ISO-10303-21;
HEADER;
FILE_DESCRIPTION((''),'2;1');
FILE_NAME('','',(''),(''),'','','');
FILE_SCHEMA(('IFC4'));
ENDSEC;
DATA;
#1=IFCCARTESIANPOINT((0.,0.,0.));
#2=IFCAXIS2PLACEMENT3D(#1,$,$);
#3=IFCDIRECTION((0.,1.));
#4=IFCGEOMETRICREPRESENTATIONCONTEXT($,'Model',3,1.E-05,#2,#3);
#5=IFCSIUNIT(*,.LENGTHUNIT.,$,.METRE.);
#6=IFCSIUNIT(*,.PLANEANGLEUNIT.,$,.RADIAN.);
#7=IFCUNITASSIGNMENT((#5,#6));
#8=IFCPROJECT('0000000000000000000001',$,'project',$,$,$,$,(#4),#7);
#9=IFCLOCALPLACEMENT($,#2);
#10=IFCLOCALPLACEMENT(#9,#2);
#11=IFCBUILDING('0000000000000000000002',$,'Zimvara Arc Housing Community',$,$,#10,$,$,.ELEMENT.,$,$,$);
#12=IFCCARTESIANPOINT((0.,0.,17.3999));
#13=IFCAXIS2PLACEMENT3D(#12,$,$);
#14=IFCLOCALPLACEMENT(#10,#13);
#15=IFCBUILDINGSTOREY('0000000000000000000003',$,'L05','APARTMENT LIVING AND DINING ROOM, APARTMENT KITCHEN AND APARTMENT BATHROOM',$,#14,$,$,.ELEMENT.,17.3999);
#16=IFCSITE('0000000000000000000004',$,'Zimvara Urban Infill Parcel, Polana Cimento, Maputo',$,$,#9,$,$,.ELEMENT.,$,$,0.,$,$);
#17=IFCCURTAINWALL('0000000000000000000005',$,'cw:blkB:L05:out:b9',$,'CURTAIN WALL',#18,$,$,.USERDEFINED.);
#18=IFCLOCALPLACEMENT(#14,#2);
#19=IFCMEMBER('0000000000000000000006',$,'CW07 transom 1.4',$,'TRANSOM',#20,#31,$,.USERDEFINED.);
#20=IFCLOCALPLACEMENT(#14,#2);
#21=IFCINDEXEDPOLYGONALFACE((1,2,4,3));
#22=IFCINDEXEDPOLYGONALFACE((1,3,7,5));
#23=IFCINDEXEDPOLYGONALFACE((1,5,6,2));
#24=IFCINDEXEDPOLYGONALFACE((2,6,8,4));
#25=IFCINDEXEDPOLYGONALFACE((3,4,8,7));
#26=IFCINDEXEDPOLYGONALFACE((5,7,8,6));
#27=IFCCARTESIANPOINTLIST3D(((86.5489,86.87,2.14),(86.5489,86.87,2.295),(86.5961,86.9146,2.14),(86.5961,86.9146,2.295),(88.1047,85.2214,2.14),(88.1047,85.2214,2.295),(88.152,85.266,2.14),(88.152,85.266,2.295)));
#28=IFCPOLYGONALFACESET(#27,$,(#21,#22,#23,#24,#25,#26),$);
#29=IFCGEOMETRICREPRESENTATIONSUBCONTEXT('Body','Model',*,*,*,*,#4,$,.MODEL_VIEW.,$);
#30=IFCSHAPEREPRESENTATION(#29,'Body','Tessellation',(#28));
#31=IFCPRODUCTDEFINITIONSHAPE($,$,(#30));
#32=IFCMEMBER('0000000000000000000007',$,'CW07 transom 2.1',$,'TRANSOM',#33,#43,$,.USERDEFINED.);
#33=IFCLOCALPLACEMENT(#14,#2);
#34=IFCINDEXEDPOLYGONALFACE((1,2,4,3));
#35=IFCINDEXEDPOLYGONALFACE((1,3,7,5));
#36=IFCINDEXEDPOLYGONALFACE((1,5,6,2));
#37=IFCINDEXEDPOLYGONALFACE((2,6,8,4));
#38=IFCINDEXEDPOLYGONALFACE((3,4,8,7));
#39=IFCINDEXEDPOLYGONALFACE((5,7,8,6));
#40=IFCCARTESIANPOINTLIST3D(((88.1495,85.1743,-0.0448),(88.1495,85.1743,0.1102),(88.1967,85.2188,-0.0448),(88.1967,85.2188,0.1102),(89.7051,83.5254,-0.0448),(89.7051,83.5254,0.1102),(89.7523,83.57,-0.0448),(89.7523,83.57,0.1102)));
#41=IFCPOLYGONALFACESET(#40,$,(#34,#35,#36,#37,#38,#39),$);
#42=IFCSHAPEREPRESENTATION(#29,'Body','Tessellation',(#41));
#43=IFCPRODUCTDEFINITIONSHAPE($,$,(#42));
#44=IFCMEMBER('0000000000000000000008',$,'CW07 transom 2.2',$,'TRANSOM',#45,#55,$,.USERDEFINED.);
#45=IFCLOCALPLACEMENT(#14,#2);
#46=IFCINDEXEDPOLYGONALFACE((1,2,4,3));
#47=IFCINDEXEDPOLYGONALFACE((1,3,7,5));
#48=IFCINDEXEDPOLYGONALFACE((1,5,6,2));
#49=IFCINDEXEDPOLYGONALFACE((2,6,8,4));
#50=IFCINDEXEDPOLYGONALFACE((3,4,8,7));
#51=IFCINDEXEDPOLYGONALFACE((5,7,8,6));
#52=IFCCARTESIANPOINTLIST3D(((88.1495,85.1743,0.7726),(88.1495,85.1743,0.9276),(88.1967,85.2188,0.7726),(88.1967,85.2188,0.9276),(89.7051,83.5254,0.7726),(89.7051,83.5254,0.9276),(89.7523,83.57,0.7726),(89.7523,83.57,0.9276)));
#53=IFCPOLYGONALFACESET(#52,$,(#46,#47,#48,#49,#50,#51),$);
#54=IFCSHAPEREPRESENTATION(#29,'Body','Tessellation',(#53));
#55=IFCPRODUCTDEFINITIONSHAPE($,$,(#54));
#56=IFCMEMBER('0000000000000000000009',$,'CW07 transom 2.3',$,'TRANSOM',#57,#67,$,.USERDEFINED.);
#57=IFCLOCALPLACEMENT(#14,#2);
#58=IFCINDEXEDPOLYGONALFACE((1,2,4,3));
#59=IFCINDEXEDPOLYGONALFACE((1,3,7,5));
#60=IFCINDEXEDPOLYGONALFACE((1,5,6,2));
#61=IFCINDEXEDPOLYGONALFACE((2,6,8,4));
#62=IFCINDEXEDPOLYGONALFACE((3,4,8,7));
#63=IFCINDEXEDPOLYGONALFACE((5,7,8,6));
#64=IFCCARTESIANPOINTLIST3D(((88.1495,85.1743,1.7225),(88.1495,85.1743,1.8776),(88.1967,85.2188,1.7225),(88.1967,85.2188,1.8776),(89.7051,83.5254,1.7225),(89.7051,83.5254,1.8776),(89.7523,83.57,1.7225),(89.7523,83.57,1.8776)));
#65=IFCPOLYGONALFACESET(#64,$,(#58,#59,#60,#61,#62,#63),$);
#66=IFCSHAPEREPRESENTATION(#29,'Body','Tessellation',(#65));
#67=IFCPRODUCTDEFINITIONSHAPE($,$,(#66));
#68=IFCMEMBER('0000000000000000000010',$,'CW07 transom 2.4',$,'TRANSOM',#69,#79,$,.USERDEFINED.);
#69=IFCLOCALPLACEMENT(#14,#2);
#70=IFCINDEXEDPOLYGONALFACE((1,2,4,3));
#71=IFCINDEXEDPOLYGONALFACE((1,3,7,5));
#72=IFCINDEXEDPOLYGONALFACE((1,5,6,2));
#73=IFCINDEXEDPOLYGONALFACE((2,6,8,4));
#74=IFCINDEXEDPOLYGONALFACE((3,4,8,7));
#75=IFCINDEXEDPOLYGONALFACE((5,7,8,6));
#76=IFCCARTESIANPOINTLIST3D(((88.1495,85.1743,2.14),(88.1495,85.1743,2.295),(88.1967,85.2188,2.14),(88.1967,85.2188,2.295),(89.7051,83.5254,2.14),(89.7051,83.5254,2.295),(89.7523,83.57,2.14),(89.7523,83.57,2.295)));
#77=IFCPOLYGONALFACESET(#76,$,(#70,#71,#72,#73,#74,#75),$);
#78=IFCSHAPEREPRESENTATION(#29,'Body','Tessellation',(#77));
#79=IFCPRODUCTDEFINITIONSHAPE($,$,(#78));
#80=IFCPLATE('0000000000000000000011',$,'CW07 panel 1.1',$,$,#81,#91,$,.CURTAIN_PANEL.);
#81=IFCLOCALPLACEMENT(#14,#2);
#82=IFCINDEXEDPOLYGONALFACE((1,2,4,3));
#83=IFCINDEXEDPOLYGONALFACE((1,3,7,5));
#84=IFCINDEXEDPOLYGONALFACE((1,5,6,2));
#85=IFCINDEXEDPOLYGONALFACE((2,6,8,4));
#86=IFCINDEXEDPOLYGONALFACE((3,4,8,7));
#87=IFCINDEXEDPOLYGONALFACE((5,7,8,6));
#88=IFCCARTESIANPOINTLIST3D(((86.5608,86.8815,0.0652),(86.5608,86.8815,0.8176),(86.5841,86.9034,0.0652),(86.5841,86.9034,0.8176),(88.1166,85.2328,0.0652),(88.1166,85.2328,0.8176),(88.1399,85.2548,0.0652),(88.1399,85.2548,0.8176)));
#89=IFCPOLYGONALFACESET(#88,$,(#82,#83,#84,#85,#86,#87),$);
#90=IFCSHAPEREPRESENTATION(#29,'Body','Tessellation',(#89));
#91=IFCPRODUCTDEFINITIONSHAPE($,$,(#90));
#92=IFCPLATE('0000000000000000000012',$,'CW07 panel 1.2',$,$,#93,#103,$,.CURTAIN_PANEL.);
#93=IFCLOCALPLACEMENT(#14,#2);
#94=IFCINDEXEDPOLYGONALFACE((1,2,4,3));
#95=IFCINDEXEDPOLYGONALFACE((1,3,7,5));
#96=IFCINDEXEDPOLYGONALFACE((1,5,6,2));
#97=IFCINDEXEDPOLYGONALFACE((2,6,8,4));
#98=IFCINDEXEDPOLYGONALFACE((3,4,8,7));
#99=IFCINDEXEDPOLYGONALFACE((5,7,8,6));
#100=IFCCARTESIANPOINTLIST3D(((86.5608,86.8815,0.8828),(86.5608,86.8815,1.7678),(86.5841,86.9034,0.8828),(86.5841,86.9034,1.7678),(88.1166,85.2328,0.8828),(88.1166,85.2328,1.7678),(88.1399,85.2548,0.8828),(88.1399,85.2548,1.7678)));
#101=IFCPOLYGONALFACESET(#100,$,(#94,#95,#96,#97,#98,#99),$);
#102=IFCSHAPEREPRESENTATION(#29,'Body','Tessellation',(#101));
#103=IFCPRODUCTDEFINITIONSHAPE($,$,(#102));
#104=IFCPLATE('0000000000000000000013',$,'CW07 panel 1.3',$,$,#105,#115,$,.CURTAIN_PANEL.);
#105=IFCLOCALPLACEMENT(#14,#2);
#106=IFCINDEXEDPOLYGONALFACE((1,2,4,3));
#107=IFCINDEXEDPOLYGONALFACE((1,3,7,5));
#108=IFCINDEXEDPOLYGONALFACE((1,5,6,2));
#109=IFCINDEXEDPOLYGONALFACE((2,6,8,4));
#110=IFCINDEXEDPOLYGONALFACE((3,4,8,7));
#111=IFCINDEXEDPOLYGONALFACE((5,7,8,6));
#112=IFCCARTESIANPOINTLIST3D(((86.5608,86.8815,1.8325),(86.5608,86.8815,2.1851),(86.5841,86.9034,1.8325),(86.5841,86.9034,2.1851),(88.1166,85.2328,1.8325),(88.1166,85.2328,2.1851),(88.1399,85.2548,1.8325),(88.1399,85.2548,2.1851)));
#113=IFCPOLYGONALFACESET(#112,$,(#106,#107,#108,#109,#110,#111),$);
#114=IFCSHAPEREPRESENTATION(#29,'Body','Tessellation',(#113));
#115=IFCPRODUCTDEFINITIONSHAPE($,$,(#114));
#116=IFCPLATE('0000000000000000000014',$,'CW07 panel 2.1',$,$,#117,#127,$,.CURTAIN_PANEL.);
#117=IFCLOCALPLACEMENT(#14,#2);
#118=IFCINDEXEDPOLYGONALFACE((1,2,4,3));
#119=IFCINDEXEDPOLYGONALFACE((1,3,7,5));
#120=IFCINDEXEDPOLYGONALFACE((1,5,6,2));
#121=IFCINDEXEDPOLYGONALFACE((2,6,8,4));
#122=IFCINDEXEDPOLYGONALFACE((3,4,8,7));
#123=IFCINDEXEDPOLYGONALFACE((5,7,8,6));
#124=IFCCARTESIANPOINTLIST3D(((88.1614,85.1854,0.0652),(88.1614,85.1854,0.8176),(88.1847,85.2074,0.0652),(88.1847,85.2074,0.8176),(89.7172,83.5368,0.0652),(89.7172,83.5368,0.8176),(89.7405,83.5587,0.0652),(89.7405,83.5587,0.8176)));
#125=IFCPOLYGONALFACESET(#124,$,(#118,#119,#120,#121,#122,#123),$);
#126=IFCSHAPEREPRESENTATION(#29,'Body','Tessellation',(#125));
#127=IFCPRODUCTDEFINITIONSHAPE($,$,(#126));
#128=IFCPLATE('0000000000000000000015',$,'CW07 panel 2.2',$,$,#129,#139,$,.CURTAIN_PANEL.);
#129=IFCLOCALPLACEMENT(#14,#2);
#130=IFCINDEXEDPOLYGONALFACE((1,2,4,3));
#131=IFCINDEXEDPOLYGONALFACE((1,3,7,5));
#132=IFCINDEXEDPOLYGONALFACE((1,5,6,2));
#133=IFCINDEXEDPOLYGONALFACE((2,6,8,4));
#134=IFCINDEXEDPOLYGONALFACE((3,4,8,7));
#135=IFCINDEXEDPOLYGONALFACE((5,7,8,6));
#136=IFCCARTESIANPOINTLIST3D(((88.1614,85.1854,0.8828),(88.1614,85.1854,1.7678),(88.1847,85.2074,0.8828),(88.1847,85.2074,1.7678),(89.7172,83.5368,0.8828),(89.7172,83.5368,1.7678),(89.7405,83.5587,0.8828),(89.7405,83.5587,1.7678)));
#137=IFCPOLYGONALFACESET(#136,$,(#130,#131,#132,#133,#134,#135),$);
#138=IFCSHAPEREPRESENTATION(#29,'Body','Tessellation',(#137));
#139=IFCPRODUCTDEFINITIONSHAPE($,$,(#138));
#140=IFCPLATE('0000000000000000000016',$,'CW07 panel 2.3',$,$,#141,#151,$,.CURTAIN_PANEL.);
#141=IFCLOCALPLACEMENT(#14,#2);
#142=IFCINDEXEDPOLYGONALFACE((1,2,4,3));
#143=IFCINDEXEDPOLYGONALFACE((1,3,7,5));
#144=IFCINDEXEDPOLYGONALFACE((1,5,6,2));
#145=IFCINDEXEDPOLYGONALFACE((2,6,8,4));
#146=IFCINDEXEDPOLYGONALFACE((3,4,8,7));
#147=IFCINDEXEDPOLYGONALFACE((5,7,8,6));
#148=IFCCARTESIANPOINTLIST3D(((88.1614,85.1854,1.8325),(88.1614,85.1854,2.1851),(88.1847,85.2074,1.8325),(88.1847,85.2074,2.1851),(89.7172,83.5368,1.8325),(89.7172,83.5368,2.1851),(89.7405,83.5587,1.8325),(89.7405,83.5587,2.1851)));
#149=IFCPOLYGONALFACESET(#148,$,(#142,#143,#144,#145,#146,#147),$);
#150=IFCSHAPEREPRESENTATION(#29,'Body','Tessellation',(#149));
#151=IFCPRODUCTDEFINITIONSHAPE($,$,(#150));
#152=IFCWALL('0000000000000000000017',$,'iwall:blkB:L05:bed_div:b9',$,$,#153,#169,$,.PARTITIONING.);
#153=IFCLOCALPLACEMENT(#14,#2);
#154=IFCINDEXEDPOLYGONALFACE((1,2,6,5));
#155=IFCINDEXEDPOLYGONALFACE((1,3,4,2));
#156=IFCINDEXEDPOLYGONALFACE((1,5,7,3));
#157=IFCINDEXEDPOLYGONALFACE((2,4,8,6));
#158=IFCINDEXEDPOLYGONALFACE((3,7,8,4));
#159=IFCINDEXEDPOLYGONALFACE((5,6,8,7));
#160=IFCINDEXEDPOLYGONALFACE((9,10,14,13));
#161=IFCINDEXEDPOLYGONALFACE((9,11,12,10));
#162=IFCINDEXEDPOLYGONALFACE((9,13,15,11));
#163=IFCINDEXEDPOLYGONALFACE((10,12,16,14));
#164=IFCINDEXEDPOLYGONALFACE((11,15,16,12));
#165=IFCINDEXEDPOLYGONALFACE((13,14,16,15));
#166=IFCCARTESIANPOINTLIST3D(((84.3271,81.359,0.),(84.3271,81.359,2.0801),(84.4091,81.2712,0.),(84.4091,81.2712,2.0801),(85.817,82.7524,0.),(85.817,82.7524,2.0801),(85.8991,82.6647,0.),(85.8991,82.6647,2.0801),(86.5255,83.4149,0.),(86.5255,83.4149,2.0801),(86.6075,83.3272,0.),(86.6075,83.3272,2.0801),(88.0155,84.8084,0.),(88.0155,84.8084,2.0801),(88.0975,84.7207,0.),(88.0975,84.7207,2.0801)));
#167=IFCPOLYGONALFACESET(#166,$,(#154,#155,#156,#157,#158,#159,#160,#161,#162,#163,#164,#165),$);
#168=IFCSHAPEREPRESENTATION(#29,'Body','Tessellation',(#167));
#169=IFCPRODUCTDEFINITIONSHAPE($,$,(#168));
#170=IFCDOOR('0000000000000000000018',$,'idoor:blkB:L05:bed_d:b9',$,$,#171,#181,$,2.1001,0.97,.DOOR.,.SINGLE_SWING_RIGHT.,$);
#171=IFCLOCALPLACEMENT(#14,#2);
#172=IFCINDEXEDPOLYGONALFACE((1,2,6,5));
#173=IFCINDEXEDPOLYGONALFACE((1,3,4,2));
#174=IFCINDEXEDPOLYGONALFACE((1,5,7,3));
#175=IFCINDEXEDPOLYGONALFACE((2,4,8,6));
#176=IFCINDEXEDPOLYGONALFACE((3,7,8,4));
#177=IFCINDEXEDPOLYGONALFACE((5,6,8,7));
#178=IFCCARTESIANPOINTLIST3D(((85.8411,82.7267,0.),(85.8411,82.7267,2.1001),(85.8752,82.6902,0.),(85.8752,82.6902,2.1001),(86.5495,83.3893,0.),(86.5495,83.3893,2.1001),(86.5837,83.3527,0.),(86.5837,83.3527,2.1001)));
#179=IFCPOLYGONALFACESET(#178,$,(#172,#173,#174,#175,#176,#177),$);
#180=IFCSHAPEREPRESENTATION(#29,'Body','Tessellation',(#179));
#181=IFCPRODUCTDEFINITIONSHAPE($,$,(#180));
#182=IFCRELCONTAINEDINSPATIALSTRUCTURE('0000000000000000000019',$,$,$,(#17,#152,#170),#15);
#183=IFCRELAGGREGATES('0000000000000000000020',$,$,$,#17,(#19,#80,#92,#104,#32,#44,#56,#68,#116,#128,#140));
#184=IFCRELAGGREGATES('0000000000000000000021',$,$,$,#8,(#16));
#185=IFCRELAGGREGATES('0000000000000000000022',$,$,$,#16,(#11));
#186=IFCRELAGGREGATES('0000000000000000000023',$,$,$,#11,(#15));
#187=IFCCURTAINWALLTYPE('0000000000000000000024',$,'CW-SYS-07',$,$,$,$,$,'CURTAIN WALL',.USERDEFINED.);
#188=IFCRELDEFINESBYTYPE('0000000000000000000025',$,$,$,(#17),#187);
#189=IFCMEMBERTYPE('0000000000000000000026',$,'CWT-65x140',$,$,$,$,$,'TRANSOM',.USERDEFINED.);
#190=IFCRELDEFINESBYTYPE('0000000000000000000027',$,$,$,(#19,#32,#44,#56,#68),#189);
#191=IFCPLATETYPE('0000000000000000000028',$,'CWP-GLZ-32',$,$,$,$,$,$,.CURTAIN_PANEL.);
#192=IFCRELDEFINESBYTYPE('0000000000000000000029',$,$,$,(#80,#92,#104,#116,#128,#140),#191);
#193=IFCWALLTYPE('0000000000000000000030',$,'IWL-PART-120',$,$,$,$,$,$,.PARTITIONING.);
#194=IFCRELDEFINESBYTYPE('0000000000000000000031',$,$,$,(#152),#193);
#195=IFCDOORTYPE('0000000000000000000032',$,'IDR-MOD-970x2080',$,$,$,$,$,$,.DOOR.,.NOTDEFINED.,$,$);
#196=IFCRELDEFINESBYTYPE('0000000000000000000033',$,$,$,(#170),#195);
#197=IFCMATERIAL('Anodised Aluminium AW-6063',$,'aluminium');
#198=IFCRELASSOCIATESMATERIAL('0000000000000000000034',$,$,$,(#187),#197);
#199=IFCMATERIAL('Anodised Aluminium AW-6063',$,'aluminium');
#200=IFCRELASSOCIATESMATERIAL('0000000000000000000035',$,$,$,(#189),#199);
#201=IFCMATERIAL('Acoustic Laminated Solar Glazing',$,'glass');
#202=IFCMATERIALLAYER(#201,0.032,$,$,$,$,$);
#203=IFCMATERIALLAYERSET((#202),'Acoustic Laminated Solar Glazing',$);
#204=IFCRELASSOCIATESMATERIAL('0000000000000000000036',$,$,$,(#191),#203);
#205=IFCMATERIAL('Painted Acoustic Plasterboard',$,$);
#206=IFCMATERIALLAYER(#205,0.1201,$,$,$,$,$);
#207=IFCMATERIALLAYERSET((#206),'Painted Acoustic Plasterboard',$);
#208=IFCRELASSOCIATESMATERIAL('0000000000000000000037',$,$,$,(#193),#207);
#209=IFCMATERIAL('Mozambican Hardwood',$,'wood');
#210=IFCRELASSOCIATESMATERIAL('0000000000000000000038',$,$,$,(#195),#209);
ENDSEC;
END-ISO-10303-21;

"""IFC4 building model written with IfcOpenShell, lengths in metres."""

from ifc_helpers import new_model, si_unit, direction, frame, frame_2d, origin, origin_2d, place, context, subcontext, project, spatial, rectangle, extrude, material, layer, layer_set, material_profile, profile_set, type_object, element, fill, aggregate, save


model = new_model("IFC4")

# Units and contexts
model_context = context("Model", 3, precision=1e-05, world=origin(), true_north=direction((0.0, 1.0)))
body_context = subcontext(model_context, "Body", "Model", "MODEL_VIEW")
ifc_project = project(units=[si_unit("LENGTHUNIT", "METRE"), si_unit("PLANEANGLEUNIT", "RADIAN")], contexts=[model_context])

# Site, building, storey
site_placement = place(None, origin())
site = spatial("IfcSite", under=ifc_project, at=site_placement, Name="Zimvara Urban Infill Parcel, Polana Cimento, Maputo", CompositionType="ELEMENT", RefElevation=0.0)
building_placement = place(site_placement, origin())
building = spatial("IfcBuilding", under=site, at=building_placement, Name="Zimvara Arc Housing Community", CompositionType="ELEMENT")
storey_placement = place(building_placement, frame((0.0, 0.0, 17.3999)))
storey = spatial("IfcBuildingStorey", under=building, at=storey_placement, Name="L05", Description="APARTMENT LIVING AND DINING ROOM, APARTMENT KITCHEN AND APARTMENT BATHROOM", CompositionType="ELEMENT", Elevation=17.3999)

# Curtain wall
ifc_material_1 = material(Name="Anodised Aluminium AW-6063", Category="aluminium")
curtain_wall_type_1 = type_object("IfcCurtainWallType", Name="CW-SYS-07", ElementType="CURTAIN WALL", PredefinedType="USERDEFINED", material=ifc_material_1)
curtain_wall_1_placement = place(storey_placement, origin())
curtain_wall_1 = element("IfcCurtainWall", 1, at=curtain_wall_1_placement, inside=storey, type_object=curtain_wall_type_1, Name="cw:blkB:L05:out:b9", ObjectType="CURTAIN WALL", PredefinedType="USERDEFINED")

# Members
ifc_material_2 = material(Name="Anodised Aluminium AW-6063", Category="aluminium")
ifc_material_profile_1 = material_profile(ifc_material_2, rectangle(XDim=0.0649, YDim=0.155, at=origin_2d()), Name="ALU 65x155")
ifc_profile_set_1 = profile_set([ifc_material_profile_1], Name="Anodised Aluminium AW-6063")
member_type_1 = type_object("IfcMemberType", Name="CWT-65x140", ElementType="TRANSOM", PredefinedType="USERDEFINED", material=ifc_profile_set_1)
member_1_placement = place(storey_placement, frame((86.5725, 86.8923, 2.2175), z_axis=(0.686348, -0.727273, 0.0), x_axis=(0.727273, 0.686348, 0.0)))
member_1 = element("IfcMember", 2, at=member_1_placement, type_object=member_type_1, Name="CW07 transom 1.4", ObjectType="TRANSOM", PredefinedType="USERDEFINED", context=body_context, shape_type="SweptSolid", body=[
    extrude(rectangle(XDim=0.0649, YDim=0.155, at=origin_2d()), origin(), (0.0, 0.0, 1.0), 2.2668),
])
member_2_placement = place(storey_placement, frame((88.1731, 85.1965, 0.0327), z_axis=(0.686238, -0.727377, 0.0), x_axis=(0.727377, 0.686238, 0.0)))
member_2 = element("IfcMember", 3, at=member_2_placement, type_object=member_type_1, Name="CW07 transom 2.1", ObjectType="TRANSOM", PredefinedType="USERDEFINED", context=body_context, shape_type="SweptSolid", body=[
    extrude(rectangle(XDim=0.0649, YDim=0.155, at=origin_2d()), origin(), (0.0, 0.0, 1.0), 2.2668),
])
member_3_placement = place(storey_placement, frame((88.1731, 85.1965, 0.8501), z_axis=(0.686238, -0.727377, 0.0), x_axis=(0.727377, 0.686238, 0.0)))
member_3 = element("IfcMember", 4, at=member_3_placement, type_object=member_type_1, Name="CW07 transom 2.2", ObjectType="TRANSOM", PredefinedType="USERDEFINED", context=body_context, shape_type="SweptSolid", body=[
    extrude(rectangle(XDim=0.0649, YDim=0.155, at=origin_2d()), origin(), (0.0, 0.0, 1.0), 2.2668),
])
member_4_placement = place(storey_placement, frame((88.1731, 85.1965, 1.8), z_axis=(0.686238, -0.727377, 0.0), x_axis=(0.727377, 0.686238, 0.0)))
member_4 = element("IfcMember", 5, at=member_4_placement, type_object=member_type_1, Name="CW07 transom 2.3", ObjectType="TRANSOM", PredefinedType="USERDEFINED", context=body_context, shape_type="SweptSolid", body=[
    extrude(rectangle(XDim=0.0649, YDim=0.155, at=origin_2d()), origin(), (0.0, 0.0, 1.0), 2.2668),
])
member_5_placement = place(storey_placement, frame((88.1731, 85.1965, 2.2175), z_axis=(0.686238, -0.727377, 0.0), x_axis=(0.727377, 0.686238, 0.0)))
member_5 = element("IfcMember", 6, at=member_5_placement, type_object=member_type_1, Name="CW07 transom 2.4", ObjectType="TRANSOM", PredefinedType="USERDEFINED", context=body_context, shape_type="SweptSolid", body=[
    extrude(rectangle(XDim=0.0649, YDim=0.155, at=origin_2d()), origin(), (0.0, 0.0, 1.0), 2.2668),
])

# Plates
ifc_material_3 = material(Name="Acoustic Laminated Solar Glazing", Category="glass")
ifc_layer_1 = layer(ifc_material_3, 0.032)
ifc_layer_set_1 = layer_set([ifc_layer_1], Name="Acoustic Laminated Solar Glazing")
plate_type = type_object("IfcPlateType", Name="CWP-GLZ-32", PredefinedType="CURTAIN_PANEL", material=ifc_layer_set_1)
plate_1_placement = place(storey_placement, frame((87.3503, 86.0681, 0.0652), z_axis=(0.0, 0.0, 1.0), x_axis=(0.686326, -0.727294, 0.0)))
plate_1 = element("IfcPlate", 7, at=plate_1_placement, type_object=plate_type, Name="CW07 panel 1.1", PredefinedType="CURTAIN_PANEL", context=body_context, shape_type="SweptSolid", body=[
    extrude(rectangle(XDim=2.2668, YDim=0.032, at=origin_2d()), origin(), (0.0, 0.0, 1.0), 0.7524),
])
plate_2_placement = place(storey_placement, frame((87.3503, 86.0681, 0.8828), z_axis=(0.0, 0.0, 1.0), x_axis=(0.686326, -0.727294, 0.0)))
plate_2 = element("IfcPlate", 8, at=plate_2_placement, type_object=plate_type, Name="CW07 panel 1.2", PredefinedType="CURTAIN_PANEL", context=body_context, shape_type="SweptSolid", body=[
    extrude(rectangle(XDim=2.2668, YDim=0.032, at=origin_2d()), origin(), (0.0, 0.0, 1.0), 0.885),
])
plate_3_placement = place(storey_placement, frame((87.3503, 86.0681, 1.8325), z_axis=(0.0, 0.0, 1.0), x_axis=(0.686326, -0.727294, 0.0)))
plate_3 = element("IfcPlate", 9, at=plate_3_placement, type_object=plate_type, Name="CW07 panel 1.3", PredefinedType="CURTAIN_PANEL", context=body_context, shape_type="SweptSolid", body=[
    extrude(rectangle(XDim=2.2668, YDim=0.032, at=origin_2d()), origin(), (0.0, 0.0, 1.0), 0.3525),
])
plate_4_placement = place(storey_placement, frame((88.9509, 84.3721, 0.0652), z_axis=(0.0, 0.0, 1.0), x_axis=(0.686326, -0.727294, 0.0)))
plate_4 = element("IfcPlate", 10, at=plate_4_placement, type_object=plate_type, Name="CW07 panel 2.1", PredefinedType="CURTAIN_PANEL", context=body_context, shape_type="SweptSolid", body=[
    extrude(rectangle(XDim=2.2668, YDim=0.032, at=origin_2d()), origin(), (0.0, 0.0, 1.0), 0.7524),
])
plate_5_placement = place(storey_placement, frame((88.9509, 84.3721, 0.8828), z_axis=(0.0, 0.0, 1.0), x_axis=(0.686326, -0.727294, 0.0)))
plate_5 = element("IfcPlate", 11, at=plate_5_placement, type_object=plate_type, Name="CW07 panel 2.2", PredefinedType="CURTAIN_PANEL", context=body_context, shape_type="SweptSolid", body=[
    extrude(rectangle(XDim=2.2668, YDim=0.032, at=origin_2d()), origin(), (0.0, 0.0, 1.0), 0.885),
])
plate_6_placement = place(storey_placement, frame((88.9509, 84.3721, 1.8325), z_axis=(0.0, 0.0, 1.0), x_axis=(0.686326, -0.727294, 0.0)))
plate_6 = element("IfcPlate", 12, at=plate_6_placement, type_object=plate_type, Name="CW07 panel 2.3", PredefinedType="CURTAIN_PANEL", context=body_context, shape_type="SweptSolid", body=[
    extrude(rectangle(XDim=2.2668, YDim=0.032, at=origin_2d()), origin(), (0.0, 0.0, 1.0), 0.3525),
])
aggregate(curtain_wall_1, [member_1, plate_1, plate_2, plate_3, member_2, member_3, member_4, member_5, plate_4, plate_5, plate_6])

# Wall, opening, door
ifc_material_4 = material(Name="Painted Acoustic Plasterboard")
ifc_layer_2 = layer(ifc_material_4, 0.1201)
ifc_layer_set_2 = layer_set([ifc_layer_2], Name="Painted Acoustic Plasterboard")
wall_type_1 = type_object("IfcWallType", Name="IWL-PART-120", PredefinedType="PARTITIONING", material=ifc_layer_set_2)
wall_1_placement = place(storey_placement, frame((84.3682, 81.3152, 0.0), z_axis=(0.0, 0.0, 1.0), x_axis=(0.730375, 0.683047, 0.0)))
wall_1 = element("IfcWall", 13, at=wall_1_placement, inside=storey, type_object=wall_type_1, Name="iwall:blkB:L05:bed_div:b9", PredefinedType="PARTITIONING", context=body_context, shape_type="SweptSolid", body=[
    extrude(rectangle(XDim=5.05, YDim=0.1201, at=frame_2d((2.5249, 0.0))), origin(), (0.0, 0.0, 1.0), 2.0801),
])
opening_placement = place(wall_1_placement, frame((2.04, 0.0, 0.0)))
opening = element("IfcOpeningElement", 14, at=opening_placement, cuts=wall_1, PredefinedType="OPENING", context=body_context, shape_type="SweptSolid", body=[
    extrude(rectangle(XDim=0.97, YDim=2.1001, at=frame_2d((0.4849, 1.05))), frame((0.0, 0.0701, 0.0), z_axis=(0.0, -1.0, 0.0), x_axis=(1.0, 0.0, 0.0)), (0.0, 0.0, 1.0), 0.1401),
])
ifc_material_5 = material(Name="Mozambican Hardwood", Category="wood")
door_type = type_object("IfcDoorType", Name="IDR-MOD-970x2080", OperationType="NOTDEFINED", PredefinedType="DOOR", material=ifc_material_5)
door_placement = place(opening_placement, origin())
door = element("IfcDoor", 15, at=door_placement, inside=storey, type_object=door_type, Name="idoor:blkB:L05:bed_d:b9", OperationType="SINGLE_SWING_RIGHT", OverallHeight=2.1001, OverallWidth=0.97, PredefinedType="DOOR", context=body_context, shape_type="SweptSolid", body=[
    extrude(rectangle(XDim=0.97, YDim=2.1001, at=frame_2d((0.4849, 1.05))), frame((0.0, 0.0249, 0.0), z_axis=(0.0, -1.0, 0.0), x_axis=(1.0, 0.0, 0.0)), (0.0, 0.0, 1.0), 0.05),
])
fill(opening, door)

save(model, "model.ifc")
